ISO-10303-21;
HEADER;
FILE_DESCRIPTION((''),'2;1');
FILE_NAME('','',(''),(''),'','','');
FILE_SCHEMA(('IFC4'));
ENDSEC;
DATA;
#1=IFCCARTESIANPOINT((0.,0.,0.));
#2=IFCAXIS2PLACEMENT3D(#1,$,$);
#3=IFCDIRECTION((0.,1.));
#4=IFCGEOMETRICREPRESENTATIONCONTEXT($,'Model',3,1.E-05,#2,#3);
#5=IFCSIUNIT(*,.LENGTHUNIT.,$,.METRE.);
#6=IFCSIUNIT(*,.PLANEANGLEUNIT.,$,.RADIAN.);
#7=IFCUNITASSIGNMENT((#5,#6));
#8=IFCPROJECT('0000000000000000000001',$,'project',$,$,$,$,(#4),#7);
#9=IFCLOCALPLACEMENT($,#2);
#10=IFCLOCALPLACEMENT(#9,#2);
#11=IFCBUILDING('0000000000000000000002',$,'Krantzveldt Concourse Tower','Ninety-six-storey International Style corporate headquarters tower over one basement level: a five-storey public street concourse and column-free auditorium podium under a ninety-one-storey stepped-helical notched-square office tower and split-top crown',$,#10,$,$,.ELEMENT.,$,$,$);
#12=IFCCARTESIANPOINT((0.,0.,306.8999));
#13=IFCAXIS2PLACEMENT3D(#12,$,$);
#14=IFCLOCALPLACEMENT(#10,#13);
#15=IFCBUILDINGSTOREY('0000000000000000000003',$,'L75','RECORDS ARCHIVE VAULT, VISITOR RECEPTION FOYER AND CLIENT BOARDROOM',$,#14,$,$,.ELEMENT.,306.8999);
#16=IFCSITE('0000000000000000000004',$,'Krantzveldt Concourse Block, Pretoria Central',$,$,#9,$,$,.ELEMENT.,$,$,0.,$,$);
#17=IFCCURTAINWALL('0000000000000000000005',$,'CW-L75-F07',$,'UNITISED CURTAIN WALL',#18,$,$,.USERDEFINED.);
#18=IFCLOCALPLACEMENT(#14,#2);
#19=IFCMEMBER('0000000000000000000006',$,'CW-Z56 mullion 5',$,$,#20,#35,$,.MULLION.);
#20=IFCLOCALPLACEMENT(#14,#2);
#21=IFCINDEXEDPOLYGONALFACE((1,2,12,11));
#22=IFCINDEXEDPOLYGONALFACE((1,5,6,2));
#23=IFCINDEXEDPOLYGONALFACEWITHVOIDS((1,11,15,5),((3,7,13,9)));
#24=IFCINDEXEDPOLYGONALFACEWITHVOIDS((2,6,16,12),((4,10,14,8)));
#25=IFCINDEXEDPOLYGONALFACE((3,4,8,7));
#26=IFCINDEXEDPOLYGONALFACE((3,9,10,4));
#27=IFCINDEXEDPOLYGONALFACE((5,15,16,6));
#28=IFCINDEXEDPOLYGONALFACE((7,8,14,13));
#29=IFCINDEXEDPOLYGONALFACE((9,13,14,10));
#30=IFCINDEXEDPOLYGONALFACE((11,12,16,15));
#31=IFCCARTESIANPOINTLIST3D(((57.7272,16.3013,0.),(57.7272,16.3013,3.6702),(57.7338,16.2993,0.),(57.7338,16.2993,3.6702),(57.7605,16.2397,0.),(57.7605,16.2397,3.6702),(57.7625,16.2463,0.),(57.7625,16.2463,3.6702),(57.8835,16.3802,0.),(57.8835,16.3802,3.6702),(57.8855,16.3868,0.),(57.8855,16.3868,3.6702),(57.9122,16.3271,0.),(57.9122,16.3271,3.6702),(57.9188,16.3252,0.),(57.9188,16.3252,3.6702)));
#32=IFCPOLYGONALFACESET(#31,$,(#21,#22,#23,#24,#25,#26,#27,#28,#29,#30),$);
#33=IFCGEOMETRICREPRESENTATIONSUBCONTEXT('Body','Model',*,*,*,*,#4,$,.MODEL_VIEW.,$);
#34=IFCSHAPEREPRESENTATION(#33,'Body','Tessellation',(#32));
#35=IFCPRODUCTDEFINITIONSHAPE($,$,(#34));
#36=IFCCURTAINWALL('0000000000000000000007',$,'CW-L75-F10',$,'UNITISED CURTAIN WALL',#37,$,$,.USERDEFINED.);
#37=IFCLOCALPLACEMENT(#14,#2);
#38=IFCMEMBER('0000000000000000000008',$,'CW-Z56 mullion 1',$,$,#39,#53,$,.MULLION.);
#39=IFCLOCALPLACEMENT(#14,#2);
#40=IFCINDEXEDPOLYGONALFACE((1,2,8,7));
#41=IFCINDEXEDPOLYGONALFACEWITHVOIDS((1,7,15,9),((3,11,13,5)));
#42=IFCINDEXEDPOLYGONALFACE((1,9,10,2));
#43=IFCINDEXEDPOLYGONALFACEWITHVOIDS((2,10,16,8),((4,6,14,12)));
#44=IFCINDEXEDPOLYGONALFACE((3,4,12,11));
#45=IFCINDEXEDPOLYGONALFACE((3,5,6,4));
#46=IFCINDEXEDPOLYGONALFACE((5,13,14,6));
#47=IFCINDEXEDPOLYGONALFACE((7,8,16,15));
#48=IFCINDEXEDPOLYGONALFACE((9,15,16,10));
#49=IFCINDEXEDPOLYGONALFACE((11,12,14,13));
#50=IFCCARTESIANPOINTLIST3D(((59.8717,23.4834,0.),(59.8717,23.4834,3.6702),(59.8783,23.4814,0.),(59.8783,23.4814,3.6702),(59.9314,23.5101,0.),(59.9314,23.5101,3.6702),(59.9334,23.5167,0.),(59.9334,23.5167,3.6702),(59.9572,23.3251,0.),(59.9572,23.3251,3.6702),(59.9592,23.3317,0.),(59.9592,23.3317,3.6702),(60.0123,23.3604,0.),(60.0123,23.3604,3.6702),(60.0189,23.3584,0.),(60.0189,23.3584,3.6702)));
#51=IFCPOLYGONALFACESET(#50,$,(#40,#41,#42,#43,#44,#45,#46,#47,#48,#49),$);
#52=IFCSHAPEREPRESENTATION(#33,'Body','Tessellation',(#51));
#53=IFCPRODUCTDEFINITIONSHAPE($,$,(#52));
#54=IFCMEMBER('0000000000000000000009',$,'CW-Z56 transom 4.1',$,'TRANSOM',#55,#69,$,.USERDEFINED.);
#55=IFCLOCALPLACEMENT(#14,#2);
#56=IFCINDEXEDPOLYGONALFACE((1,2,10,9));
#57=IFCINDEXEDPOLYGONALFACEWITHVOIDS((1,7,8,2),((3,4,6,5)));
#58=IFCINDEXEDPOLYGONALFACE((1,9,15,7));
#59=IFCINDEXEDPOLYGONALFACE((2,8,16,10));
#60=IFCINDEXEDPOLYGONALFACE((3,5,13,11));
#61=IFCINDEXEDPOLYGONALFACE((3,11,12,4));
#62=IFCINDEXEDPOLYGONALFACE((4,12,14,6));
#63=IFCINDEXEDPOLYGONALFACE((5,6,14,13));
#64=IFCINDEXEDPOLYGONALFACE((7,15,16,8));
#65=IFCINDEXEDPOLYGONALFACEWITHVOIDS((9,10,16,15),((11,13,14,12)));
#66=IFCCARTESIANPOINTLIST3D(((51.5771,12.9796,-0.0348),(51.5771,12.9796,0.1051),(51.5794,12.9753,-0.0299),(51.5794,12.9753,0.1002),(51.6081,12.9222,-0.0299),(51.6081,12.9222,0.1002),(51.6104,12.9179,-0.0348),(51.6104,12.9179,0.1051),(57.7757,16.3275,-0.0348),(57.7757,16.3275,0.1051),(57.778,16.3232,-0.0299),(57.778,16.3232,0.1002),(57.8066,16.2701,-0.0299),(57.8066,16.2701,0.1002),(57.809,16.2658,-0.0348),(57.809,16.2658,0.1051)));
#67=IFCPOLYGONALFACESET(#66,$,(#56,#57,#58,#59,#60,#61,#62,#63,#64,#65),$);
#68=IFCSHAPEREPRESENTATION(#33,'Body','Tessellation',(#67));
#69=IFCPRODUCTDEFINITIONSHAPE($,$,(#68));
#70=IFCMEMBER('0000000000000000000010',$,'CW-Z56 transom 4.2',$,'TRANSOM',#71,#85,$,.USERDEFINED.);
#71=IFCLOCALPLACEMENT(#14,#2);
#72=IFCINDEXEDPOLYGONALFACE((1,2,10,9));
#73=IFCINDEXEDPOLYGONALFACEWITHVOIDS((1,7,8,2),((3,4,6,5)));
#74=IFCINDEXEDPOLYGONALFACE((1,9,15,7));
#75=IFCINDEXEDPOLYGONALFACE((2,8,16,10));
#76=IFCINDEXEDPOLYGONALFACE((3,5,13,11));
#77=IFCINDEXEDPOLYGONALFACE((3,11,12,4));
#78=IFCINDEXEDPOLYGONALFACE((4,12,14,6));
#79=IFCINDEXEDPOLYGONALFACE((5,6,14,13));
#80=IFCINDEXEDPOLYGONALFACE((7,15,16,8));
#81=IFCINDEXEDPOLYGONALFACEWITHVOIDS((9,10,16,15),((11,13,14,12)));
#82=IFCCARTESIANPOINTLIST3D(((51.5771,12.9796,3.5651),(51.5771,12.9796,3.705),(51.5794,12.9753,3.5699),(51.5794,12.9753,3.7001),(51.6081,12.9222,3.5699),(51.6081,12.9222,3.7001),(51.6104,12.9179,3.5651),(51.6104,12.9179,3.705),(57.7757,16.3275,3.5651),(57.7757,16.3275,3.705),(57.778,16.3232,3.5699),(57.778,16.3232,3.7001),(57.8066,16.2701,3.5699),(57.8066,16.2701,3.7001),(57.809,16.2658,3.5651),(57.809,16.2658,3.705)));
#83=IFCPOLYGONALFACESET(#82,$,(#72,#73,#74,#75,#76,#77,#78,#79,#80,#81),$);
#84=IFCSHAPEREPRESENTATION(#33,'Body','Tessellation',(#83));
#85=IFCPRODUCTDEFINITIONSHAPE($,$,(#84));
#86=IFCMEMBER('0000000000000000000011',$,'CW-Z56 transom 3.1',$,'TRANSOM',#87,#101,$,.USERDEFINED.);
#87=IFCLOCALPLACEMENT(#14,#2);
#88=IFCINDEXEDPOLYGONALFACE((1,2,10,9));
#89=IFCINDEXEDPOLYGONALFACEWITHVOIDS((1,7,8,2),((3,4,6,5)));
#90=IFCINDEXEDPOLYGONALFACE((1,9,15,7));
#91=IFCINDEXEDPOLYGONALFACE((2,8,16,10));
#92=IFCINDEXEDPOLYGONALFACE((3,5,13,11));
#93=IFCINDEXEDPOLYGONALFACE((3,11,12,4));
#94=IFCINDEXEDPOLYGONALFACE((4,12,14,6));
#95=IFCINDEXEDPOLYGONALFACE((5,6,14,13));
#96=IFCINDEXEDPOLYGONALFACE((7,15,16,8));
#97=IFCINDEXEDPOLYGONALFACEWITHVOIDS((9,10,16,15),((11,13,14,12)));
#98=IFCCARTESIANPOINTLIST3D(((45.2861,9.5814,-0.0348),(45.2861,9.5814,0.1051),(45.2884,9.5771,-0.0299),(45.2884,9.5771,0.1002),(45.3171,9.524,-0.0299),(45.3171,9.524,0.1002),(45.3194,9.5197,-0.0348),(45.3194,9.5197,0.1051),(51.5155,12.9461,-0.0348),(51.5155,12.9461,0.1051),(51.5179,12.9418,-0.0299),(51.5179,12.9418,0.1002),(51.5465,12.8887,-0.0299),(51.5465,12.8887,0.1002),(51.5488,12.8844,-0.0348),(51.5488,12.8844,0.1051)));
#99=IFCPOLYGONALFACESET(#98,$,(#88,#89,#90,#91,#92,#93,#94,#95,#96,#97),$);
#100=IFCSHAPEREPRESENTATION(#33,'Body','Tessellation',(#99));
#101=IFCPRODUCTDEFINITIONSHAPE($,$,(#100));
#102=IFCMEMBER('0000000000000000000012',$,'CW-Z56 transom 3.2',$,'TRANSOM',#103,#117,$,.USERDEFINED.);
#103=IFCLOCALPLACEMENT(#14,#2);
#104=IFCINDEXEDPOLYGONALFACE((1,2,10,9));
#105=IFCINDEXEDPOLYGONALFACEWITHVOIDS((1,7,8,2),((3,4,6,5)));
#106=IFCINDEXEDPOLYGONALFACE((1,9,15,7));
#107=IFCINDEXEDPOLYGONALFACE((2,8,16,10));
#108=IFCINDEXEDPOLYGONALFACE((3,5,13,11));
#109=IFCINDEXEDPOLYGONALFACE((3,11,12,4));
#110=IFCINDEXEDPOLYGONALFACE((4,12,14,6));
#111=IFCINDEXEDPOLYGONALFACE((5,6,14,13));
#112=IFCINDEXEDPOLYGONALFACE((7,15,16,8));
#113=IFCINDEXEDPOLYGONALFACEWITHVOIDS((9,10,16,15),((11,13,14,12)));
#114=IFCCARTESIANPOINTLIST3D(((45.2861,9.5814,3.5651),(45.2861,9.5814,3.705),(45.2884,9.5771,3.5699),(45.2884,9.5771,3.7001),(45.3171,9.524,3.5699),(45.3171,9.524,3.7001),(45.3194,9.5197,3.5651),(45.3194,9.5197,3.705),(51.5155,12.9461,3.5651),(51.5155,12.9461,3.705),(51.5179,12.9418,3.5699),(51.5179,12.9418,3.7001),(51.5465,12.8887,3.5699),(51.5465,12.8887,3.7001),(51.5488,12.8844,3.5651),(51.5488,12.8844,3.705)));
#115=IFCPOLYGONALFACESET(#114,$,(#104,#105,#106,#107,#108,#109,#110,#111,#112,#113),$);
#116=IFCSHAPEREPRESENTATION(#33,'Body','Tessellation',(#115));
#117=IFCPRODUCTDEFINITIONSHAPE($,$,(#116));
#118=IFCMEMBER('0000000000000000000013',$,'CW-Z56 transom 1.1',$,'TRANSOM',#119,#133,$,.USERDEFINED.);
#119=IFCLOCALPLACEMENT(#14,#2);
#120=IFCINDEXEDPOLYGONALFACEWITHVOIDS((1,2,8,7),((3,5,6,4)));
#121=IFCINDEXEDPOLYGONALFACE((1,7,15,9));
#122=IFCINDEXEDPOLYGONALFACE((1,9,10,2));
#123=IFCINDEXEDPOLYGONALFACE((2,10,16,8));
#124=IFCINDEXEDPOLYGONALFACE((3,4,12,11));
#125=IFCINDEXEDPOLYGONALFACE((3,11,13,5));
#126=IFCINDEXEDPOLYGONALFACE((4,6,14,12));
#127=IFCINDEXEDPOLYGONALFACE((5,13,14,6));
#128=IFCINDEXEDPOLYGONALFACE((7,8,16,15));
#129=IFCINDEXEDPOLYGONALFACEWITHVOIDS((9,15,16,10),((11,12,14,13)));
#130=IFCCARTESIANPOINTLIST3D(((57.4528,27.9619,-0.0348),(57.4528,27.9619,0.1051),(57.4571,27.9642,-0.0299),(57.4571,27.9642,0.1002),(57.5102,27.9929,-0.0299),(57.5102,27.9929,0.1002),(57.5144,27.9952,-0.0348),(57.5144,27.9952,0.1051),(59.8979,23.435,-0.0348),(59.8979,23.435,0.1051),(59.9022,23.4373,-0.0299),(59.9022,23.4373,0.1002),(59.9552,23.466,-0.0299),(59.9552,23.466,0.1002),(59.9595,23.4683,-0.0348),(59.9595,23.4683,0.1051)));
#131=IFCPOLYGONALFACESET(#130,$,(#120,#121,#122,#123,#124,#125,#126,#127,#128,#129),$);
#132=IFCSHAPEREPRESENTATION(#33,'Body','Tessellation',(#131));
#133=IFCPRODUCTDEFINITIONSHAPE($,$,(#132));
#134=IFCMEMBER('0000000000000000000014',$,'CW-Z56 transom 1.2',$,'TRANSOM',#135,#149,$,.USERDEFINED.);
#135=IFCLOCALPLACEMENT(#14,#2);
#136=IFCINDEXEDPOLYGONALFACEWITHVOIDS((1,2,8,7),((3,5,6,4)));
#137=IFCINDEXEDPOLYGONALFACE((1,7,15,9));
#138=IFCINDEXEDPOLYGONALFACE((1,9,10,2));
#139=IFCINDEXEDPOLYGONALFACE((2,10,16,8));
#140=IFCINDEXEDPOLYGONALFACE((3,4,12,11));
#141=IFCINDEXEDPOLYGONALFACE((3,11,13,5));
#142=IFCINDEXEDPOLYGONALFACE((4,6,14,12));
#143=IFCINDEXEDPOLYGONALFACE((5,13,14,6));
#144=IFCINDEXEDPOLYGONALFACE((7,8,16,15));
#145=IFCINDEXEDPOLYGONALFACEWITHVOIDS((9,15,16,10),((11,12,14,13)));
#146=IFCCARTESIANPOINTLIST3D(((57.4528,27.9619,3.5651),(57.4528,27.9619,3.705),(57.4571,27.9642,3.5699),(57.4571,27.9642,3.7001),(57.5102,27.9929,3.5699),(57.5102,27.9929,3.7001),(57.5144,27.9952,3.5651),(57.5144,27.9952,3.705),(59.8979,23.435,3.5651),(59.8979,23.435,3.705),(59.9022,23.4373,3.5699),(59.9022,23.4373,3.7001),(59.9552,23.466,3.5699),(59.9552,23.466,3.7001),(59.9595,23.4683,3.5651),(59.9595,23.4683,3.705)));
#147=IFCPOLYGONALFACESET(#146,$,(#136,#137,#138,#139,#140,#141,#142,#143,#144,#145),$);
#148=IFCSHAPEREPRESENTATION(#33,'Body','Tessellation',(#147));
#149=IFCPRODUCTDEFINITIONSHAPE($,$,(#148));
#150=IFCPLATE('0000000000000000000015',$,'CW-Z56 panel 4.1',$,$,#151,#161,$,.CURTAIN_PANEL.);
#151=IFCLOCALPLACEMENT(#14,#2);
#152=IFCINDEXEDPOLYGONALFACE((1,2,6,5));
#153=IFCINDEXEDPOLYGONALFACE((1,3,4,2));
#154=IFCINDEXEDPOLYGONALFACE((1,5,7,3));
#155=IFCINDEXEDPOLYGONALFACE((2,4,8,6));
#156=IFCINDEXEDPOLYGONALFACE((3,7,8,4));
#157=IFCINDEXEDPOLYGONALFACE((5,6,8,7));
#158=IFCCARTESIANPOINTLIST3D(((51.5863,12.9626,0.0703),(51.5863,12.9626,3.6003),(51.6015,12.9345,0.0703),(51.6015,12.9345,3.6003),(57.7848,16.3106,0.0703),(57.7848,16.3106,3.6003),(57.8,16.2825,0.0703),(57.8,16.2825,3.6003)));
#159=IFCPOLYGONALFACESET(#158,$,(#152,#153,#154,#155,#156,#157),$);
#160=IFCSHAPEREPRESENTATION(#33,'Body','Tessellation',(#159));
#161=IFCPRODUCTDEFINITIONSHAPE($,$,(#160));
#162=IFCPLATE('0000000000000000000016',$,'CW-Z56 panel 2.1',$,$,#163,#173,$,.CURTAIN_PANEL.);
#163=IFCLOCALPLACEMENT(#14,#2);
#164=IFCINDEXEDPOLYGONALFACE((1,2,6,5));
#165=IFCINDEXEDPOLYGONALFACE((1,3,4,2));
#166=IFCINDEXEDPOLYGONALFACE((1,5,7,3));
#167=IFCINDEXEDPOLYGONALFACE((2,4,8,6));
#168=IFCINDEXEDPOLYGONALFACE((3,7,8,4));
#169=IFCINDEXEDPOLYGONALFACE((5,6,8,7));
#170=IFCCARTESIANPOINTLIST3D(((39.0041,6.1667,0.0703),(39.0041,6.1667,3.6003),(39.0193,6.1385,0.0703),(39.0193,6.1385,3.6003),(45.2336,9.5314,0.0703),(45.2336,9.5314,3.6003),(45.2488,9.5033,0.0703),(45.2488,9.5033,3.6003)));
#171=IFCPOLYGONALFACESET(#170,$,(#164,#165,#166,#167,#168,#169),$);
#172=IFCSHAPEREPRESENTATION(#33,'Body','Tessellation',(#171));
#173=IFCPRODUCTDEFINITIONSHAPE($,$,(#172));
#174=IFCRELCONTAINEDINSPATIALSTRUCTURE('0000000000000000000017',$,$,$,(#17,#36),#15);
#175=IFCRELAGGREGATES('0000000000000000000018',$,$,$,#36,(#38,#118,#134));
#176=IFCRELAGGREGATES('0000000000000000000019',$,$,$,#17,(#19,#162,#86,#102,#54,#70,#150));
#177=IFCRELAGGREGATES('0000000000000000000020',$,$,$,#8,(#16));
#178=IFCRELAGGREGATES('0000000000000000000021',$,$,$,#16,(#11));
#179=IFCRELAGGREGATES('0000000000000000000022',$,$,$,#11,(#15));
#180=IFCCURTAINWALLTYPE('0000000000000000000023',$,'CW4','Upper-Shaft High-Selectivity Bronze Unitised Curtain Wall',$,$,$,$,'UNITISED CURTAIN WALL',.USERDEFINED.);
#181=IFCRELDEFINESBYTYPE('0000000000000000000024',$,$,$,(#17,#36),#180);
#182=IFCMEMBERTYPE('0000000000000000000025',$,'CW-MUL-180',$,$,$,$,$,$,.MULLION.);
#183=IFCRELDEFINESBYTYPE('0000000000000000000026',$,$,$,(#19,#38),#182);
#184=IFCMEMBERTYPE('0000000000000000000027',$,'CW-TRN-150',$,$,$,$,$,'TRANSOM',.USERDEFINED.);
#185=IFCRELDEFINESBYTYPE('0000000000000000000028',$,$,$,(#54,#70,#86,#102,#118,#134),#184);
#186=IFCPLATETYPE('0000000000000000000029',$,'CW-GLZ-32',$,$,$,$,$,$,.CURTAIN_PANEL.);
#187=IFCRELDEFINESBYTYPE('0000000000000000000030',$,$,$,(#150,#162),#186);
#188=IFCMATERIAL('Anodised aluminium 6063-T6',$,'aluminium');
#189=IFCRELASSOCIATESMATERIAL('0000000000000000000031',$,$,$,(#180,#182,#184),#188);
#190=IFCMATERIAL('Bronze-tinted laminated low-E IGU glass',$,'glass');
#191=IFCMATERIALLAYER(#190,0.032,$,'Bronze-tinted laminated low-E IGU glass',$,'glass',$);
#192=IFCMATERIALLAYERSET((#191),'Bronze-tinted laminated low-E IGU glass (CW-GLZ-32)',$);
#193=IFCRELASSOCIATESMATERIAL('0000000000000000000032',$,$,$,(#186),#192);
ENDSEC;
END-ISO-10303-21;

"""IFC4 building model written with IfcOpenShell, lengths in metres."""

from ifc_helpers import new_model, si_unit, direction, frame, origin, origin_2d, place, context, subcontext, project, spatial, rectangle, hollow_rectangle, extrude, source, transform, mapped, material, layer, layer_set, material_profile, profile_set, type_object, type_shapes, element, aggregate, save


model = new_model("IFC4")

# Units and contexts
model_context = context("Model", 3, precision=1e-05, world=origin(), true_north=direction((0.0, 1.0)))
body_context = subcontext(model_context, "Body", "Model", "MODEL_VIEW")
ifc_project = project(units=[si_unit("LENGTHUNIT", "METRE"), si_unit("PLANEANGLEUNIT", "RADIAN")], contexts=[model_context])

# Site, building, storey
site_placement = place(None, origin())
site = spatial("IfcSite", under=ifc_project, at=site_placement, Name="Krantzveldt Concourse Block, Pretoria Central", CompositionType="ELEMENT", RefElevation=0.0)
building_placement = place(site_placement, origin())
building = spatial("IfcBuilding", under=site, at=building_placement, Name="Krantzveldt Concourse Tower", Description="Ninety-six-storey International Style corporate headquarters tower over one basement level: a five-storey public street concourse and column-free auditorium podium under a ninety-one-storey stepped-helical notched-square office tower and split-top crown", CompositionType="ELEMENT")
storey_placement = place(building_placement, frame((0.0, 0.0, 306.8999)))
storey = spatial("IfcBuildingStorey", under=building, at=storey_placement, Name="L75", Description="RECORDS ARCHIVE VAULT, VISITOR RECEPTION FOYER AND CLIENT BOARDROOM", CompositionType="ELEMENT", Elevation=306.8999)

# Curtain wall, member
ifc_material_1 = material(Name="Anodised aluminium 6063-T6", Category="aluminium")
curtain_wall_type = type_object("IfcCurtainWallType", Name="CW4", Description="Upper-Shaft High-Selectivity Bronze Unitised Curtain Wall", ElementType="UNITISED CURTAIN WALL", PredefinedType="USERDEFINED", material=ifc_material_1)
curtain_wall_1_placement = place(storey_placement, origin())
curtain_wall_1 = element("IfcCurtainWall", 1, at=curtain_wall_1_placement, inside=storey, type_object=curtain_wall_type, Name="CW-L75-F07", ObjectType="UNITISED CURTAIN WALL", PredefinedType="USERDEFINED")
ifc_material_profile_1 = material_profile(ifc_material_1, hollow_rectangle(XDim=0.0701, YDim=0.1799, WallThickness=0.0049, at=origin_2d()), Name="Anodised aluminium 6063-T6", Category="aluminium")
ifc_profile_set_1 = profile_set([ifc_material_profile_1], Name="Anodised aluminium 6063-T6 - ALU-MULL 180x70x5")
member_type_1 = type_object("IfcMemberType", Name="CW-MUL-180", PredefinedType="MULLION", material=ifc_profile_set_1)
shared_shape_1 = source(origin(), body_context, "Body", "SweptSolid", [
    extrude(hollow_rectangle(XDim=0.0701, YDim=0.1799, WallThickness=0.0049, at=origin_2d()), origin(), (0.0, 0.0, 1.0), 3.6702),
])
type_shapes(member_type_1, [shared_shape_1])
member_1_placement = place(storey_placement, frame((57.823, 16.3132, 0.0), z_axis=(0.0, 0.0, 1.0), x_axis=(-0.47524, 0.879856, 0.0)))
member_1 = element("IfcMember", 2, at=member_1_placement, type_object=member_type_1, Name="CW-Z56 mullion 5", PredefinedType="MULLION", context=body_context, shape_type="MappedRepresentation", body=[
    mapped(shared_shape_1, transform((0.0, 0.0, 0.0), x_axis=(1.0, 0.0, 0.0), y_axis=(0.0, 1.0, 0.0), z_axis=(0.0, 0.0, 1.0), scale=1.0)),
])

# Curtain wall, member
curtain_wall_2_placement = place(storey_placement, origin())
curtain_wall_2 = element("IfcCurtainWall", 3, at=curtain_wall_2_placement, inside=storey, type_object=curtain_wall_type, Name="CW-L75-F10", ObjectType="UNITISED CURTAIN WALL", PredefinedType="USERDEFINED")
member_2_placement = place(storey_placement, frame((59.9453, 23.4209, 0.0), z_axis=(0.0, 0.0, 1.0), x_axis=(-0.879856, -0.47524, 0.0)))
member_2 = element("IfcMember", 4, at=member_2_placement, type_object=member_type_1, Name="CW-Z56 mullion 1", PredefinedType="MULLION", context=body_context, shape_type="MappedRepresentation", body=[
    mapped(shared_shape_1, transform((0.0, 0.0, 0.0), x_axis=(1.0, 0.0, 0.0), y_axis=(0.0, 1.0, 0.0), z_axis=(0.0, 0.0, 1.0), scale=1.0)),
])

# Members
ifc_material_profile_2 = material_profile(ifc_material_1, hollow_rectangle(XDim=0.0701, YDim=0.1399, WallThickness=0.0049, at=origin_2d()), Name="Anodised aluminium 6063-T6", Category="aluminium")
ifc_profile_set_2 = profile_set([ifc_material_profile_2], Name="Anodised aluminium 6063-T6 - ALU-TRAN 140x70x5")
member_type_2 = type_object("IfcMemberType", Name="CW-TRN-150", ElementType="TRANSOM", PredefinedType="USERDEFINED", material=ifc_profile_set_2)
shared_shape_2 = source(origin(), body_context, "Body", "SweptSolid", [
    extrude(hollow_rectangle(XDim=0.0701, YDim=0.1399, WallThickness=0.0049, at=origin_2d()), origin(), (0.0, 0.0, 1.0), 7.0449),
])
member_3_placement = place(storey_placement, frame((51.5938, 12.9487, 0.0352), z_axis=(0.879863, 0.475228, 0.0), x_axis=(-0.475228, 0.879863, 0.0)))
member_3 = element("IfcMember", 5, at=member_3_placement, type_object=member_type_2, Name="CW-Z56 transom 4.1", ObjectType="TRANSOM", PredefinedType="USERDEFINED", context=body_context, shape_type="MappedRepresentation", body=[
    mapped(shared_shape_2, transform((0.0, 0.0, 0.0), x_axis=(1.0, 0.0, 0.0), y_axis=(0.0, 1.0, 0.0), z_axis=(0.0, 0.0, 1.0), scale=1.0)),
])
member_4_placement = place(storey_placement, frame((51.5938, 12.9487, 3.635), z_axis=(0.879863, 0.475228, 0.0), x_axis=(-0.475228, 0.879863, 0.0)))
member_4 = element("IfcMember", 6, at=member_4_placement, type_object=member_type_2, Name="CW-Z56 transom 4.2", ObjectType="TRANSOM", PredefinedType="USERDEFINED", context=body_context, shape_type="MappedRepresentation", body=[
    mapped(shared_shape_2, transform((0.0, 0.0, 0.0), x_axis=(1.0, 0.0, 0.0), y_axis=(0.0, 1.0, 0.0), z_axis=(0.0, 0.0, 1.0), scale=1.0)),
])
shared_shape_3 = source(origin(), body_context, "Body", "SweptSolid", [
    extrude(hollow_rectangle(XDim=0.0701, YDim=0.1399, WallThickness=0.0049, at=origin_2d()), origin(), (0.0, 0.0, 1.0), 7.0801),
])
member_5_placement = place(storey_placement, frame((45.3027, 9.5505, 0.0352), z_axis=(0.879857, 0.475239, 0.0), x_axis=(-0.475239, 0.879857, 0.0)))
member_5 = element("IfcMember", 7, at=member_5_placement, type_object=member_type_2, Name="CW-Z56 transom 3.1", ObjectType="TRANSOM", PredefinedType="USERDEFINED", context=body_context, shape_type="MappedRepresentation", body=[
    mapped(shared_shape_3, transform((0.0, 0.0, 0.0), x_axis=(1.0, 0.0, 0.0), y_axis=(0.0, 1.0, 0.0), z_axis=(0.0, 0.0, 1.0), scale=1.0)),
])
member_6_placement = place(storey_placement, frame((45.3027, 9.5505, 3.635), z_axis=(0.879857, 0.475239, 0.0), x_axis=(-0.475239, 0.879857, 0.0)))
member_6 = element("IfcMember", 8, at=member_6_placement, type_object=member_type_2, Name="CW-Z56 transom 3.2", ObjectType="TRANSOM", PredefinedType="USERDEFINED", context=body_context, shape_type="MappedRepresentation", body=[
    mapped(shared_shape_3, transform((0.0, 0.0, 0.0), x_axis=(1.0, 0.0, 0.0), y_axis=(0.0, 1.0, 0.0), z_axis=(0.0, 0.0, 1.0), scale=1.0)),
])
shared_shape_4 = source(origin(), body_context, "Body", "SweptSolid", [
    extrude(hollow_rectangle(XDim=0.0701, YDim=0.1399, WallThickness=0.0049, at=origin_2d()), origin(), (0.0, 0.0, 1.0), 5.145),
])
type_shapes(member_type_2, [shared_shape_2, shared_shape_3, shared_shape_4])
member_7_placement = place(storey_placement, frame((59.9287, 23.4517, 0.0352), z_axis=(-0.475234, 0.879859, 0.0), x_axis=(-0.879859, -0.475234, 0.0)))
member_7 = element("IfcMember", 9, at=member_7_placement, type_object=member_type_2, Name="CW-Z56 transom 1.1", ObjectType="TRANSOM", PredefinedType="USERDEFINED", context=body_context, shape_type="MappedRepresentation", body=[
    mapped(shared_shape_4, transform((0.0, 0.0, 0.0), x_axis=(1.0, 0.0, 0.0), y_axis=(0.0, 1.0, 0.0), z_axis=(0.0, 0.0, 1.0), scale=1.0)),
])
member_8_placement = place(storey_placement, frame((59.9287, 23.4517, 3.635), z_axis=(-0.475234, 0.879859, 0.0), x_axis=(-0.879859, -0.475234, 0.0)))
member_8 = element("IfcMember", 10, at=member_8_placement, type_object=member_type_2, Name="CW-Z56 transom 1.2", ObjectType="TRANSOM", PredefinedType="USERDEFINED", context=body_context, shape_type="MappedRepresentation", body=[
    mapped(shared_shape_4, transform((0.0, 0.0, 0.0), x_axis=(1.0, 0.0, 0.0), y_axis=(0.0, 1.0, 0.0), z_axis=(0.0, 0.0, 1.0), scale=1.0)),
])
aggregate(curtain_wall_2, [member_2, member_7, member_8])

# Plates
ifc_material_2 = material(Name="Bronze-tinted laminated low-E IGU glass", Category="glass")
ifc_layer_1 = layer(ifc_material_2, 0.032, Name="Bronze-tinted laminated low-E IGU glass", Category="glass")
ifc_layer_set_1 = layer_set([ifc_layer_1], Name="Bronze-tinted laminated low-E IGU glass (CW-GLZ-32)")
plate_type = type_object("IfcPlateType", Name="CW-GLZ-32", PredefinedType="CURTAIN_PANEL", material=ifc_layer_set_1)
shared_shape_5 = source(origin(), body_context, "Body", "SweptSolid", [
    extrude(rectangle(XDim=7.0449, YDim=0.032, at=origin_2d()), origin(), (0.0, 0.0, 1.0), 3.53),
])
plate_1_placement = place(storey_placement, frame((54.6931, 14.6226, 0.0703), z_axis=(0.0, 0.0, 1.0), x_axis=(0.879856, 0.47524, 0.0)))
plate_1 = element("IfcPlate", 11, at=plate_1_placement, type_object=plate_type, Name="CW-Z56 panel 4.1", PredefinedType="CURTAIN_PANEL", context=body_context, shape_type="MappedRepresentation", body=[
    mapped(shared_shape_5, transform((0.0, 0.0, 0.0), x_axis=(1.0, 0.0, 0.0), y_axis=(0.0, 1.0, 0.0), z_axis=(0.0, 0.0, 1.0), scale=1.0)),
])
shared_shape_6 = source(origin(), body_context, "Body", "SweptSolid", [
    extrude(rectangle(XDim=7.0801, YDim=0.032, at=origin_2d()), origin(), (0.0, 0.0, 1.0), 3.53),
])
type_shapes(plate_type, [shared_shape_5, shared_shape_6])
plate_2_placement = place(storey_placement, frame((42.1265, 7.835, 0.0703), z_axis=(0.0, 0.0, 1.0), x_axis=(0.879856, 0.47524, 0.0)))
plate_2 = element("IfcPlate", 12, at=plate_2_placement, type_object=plate_type, Name="CW-Z56 panel 2.1", PredefinedType="CURTAIN_PANEL", context=body_context, shape_type="MappedRepresentation", body=[
    mapped(shared_shape_6, transform((0.0, 0.0, 0.0), x_axis=(1.0, 0.0, 0.0), y_axis=(0.0, 1.0, 0.0), z_axis=(0.0, 0.0, 1.0), scale=1.0)),
])
aggregate(curtain_wall_1, [member_1, plate_2, member_5, member_6, member_3, member_4, plate_1])

save(model, "model.ifc")
